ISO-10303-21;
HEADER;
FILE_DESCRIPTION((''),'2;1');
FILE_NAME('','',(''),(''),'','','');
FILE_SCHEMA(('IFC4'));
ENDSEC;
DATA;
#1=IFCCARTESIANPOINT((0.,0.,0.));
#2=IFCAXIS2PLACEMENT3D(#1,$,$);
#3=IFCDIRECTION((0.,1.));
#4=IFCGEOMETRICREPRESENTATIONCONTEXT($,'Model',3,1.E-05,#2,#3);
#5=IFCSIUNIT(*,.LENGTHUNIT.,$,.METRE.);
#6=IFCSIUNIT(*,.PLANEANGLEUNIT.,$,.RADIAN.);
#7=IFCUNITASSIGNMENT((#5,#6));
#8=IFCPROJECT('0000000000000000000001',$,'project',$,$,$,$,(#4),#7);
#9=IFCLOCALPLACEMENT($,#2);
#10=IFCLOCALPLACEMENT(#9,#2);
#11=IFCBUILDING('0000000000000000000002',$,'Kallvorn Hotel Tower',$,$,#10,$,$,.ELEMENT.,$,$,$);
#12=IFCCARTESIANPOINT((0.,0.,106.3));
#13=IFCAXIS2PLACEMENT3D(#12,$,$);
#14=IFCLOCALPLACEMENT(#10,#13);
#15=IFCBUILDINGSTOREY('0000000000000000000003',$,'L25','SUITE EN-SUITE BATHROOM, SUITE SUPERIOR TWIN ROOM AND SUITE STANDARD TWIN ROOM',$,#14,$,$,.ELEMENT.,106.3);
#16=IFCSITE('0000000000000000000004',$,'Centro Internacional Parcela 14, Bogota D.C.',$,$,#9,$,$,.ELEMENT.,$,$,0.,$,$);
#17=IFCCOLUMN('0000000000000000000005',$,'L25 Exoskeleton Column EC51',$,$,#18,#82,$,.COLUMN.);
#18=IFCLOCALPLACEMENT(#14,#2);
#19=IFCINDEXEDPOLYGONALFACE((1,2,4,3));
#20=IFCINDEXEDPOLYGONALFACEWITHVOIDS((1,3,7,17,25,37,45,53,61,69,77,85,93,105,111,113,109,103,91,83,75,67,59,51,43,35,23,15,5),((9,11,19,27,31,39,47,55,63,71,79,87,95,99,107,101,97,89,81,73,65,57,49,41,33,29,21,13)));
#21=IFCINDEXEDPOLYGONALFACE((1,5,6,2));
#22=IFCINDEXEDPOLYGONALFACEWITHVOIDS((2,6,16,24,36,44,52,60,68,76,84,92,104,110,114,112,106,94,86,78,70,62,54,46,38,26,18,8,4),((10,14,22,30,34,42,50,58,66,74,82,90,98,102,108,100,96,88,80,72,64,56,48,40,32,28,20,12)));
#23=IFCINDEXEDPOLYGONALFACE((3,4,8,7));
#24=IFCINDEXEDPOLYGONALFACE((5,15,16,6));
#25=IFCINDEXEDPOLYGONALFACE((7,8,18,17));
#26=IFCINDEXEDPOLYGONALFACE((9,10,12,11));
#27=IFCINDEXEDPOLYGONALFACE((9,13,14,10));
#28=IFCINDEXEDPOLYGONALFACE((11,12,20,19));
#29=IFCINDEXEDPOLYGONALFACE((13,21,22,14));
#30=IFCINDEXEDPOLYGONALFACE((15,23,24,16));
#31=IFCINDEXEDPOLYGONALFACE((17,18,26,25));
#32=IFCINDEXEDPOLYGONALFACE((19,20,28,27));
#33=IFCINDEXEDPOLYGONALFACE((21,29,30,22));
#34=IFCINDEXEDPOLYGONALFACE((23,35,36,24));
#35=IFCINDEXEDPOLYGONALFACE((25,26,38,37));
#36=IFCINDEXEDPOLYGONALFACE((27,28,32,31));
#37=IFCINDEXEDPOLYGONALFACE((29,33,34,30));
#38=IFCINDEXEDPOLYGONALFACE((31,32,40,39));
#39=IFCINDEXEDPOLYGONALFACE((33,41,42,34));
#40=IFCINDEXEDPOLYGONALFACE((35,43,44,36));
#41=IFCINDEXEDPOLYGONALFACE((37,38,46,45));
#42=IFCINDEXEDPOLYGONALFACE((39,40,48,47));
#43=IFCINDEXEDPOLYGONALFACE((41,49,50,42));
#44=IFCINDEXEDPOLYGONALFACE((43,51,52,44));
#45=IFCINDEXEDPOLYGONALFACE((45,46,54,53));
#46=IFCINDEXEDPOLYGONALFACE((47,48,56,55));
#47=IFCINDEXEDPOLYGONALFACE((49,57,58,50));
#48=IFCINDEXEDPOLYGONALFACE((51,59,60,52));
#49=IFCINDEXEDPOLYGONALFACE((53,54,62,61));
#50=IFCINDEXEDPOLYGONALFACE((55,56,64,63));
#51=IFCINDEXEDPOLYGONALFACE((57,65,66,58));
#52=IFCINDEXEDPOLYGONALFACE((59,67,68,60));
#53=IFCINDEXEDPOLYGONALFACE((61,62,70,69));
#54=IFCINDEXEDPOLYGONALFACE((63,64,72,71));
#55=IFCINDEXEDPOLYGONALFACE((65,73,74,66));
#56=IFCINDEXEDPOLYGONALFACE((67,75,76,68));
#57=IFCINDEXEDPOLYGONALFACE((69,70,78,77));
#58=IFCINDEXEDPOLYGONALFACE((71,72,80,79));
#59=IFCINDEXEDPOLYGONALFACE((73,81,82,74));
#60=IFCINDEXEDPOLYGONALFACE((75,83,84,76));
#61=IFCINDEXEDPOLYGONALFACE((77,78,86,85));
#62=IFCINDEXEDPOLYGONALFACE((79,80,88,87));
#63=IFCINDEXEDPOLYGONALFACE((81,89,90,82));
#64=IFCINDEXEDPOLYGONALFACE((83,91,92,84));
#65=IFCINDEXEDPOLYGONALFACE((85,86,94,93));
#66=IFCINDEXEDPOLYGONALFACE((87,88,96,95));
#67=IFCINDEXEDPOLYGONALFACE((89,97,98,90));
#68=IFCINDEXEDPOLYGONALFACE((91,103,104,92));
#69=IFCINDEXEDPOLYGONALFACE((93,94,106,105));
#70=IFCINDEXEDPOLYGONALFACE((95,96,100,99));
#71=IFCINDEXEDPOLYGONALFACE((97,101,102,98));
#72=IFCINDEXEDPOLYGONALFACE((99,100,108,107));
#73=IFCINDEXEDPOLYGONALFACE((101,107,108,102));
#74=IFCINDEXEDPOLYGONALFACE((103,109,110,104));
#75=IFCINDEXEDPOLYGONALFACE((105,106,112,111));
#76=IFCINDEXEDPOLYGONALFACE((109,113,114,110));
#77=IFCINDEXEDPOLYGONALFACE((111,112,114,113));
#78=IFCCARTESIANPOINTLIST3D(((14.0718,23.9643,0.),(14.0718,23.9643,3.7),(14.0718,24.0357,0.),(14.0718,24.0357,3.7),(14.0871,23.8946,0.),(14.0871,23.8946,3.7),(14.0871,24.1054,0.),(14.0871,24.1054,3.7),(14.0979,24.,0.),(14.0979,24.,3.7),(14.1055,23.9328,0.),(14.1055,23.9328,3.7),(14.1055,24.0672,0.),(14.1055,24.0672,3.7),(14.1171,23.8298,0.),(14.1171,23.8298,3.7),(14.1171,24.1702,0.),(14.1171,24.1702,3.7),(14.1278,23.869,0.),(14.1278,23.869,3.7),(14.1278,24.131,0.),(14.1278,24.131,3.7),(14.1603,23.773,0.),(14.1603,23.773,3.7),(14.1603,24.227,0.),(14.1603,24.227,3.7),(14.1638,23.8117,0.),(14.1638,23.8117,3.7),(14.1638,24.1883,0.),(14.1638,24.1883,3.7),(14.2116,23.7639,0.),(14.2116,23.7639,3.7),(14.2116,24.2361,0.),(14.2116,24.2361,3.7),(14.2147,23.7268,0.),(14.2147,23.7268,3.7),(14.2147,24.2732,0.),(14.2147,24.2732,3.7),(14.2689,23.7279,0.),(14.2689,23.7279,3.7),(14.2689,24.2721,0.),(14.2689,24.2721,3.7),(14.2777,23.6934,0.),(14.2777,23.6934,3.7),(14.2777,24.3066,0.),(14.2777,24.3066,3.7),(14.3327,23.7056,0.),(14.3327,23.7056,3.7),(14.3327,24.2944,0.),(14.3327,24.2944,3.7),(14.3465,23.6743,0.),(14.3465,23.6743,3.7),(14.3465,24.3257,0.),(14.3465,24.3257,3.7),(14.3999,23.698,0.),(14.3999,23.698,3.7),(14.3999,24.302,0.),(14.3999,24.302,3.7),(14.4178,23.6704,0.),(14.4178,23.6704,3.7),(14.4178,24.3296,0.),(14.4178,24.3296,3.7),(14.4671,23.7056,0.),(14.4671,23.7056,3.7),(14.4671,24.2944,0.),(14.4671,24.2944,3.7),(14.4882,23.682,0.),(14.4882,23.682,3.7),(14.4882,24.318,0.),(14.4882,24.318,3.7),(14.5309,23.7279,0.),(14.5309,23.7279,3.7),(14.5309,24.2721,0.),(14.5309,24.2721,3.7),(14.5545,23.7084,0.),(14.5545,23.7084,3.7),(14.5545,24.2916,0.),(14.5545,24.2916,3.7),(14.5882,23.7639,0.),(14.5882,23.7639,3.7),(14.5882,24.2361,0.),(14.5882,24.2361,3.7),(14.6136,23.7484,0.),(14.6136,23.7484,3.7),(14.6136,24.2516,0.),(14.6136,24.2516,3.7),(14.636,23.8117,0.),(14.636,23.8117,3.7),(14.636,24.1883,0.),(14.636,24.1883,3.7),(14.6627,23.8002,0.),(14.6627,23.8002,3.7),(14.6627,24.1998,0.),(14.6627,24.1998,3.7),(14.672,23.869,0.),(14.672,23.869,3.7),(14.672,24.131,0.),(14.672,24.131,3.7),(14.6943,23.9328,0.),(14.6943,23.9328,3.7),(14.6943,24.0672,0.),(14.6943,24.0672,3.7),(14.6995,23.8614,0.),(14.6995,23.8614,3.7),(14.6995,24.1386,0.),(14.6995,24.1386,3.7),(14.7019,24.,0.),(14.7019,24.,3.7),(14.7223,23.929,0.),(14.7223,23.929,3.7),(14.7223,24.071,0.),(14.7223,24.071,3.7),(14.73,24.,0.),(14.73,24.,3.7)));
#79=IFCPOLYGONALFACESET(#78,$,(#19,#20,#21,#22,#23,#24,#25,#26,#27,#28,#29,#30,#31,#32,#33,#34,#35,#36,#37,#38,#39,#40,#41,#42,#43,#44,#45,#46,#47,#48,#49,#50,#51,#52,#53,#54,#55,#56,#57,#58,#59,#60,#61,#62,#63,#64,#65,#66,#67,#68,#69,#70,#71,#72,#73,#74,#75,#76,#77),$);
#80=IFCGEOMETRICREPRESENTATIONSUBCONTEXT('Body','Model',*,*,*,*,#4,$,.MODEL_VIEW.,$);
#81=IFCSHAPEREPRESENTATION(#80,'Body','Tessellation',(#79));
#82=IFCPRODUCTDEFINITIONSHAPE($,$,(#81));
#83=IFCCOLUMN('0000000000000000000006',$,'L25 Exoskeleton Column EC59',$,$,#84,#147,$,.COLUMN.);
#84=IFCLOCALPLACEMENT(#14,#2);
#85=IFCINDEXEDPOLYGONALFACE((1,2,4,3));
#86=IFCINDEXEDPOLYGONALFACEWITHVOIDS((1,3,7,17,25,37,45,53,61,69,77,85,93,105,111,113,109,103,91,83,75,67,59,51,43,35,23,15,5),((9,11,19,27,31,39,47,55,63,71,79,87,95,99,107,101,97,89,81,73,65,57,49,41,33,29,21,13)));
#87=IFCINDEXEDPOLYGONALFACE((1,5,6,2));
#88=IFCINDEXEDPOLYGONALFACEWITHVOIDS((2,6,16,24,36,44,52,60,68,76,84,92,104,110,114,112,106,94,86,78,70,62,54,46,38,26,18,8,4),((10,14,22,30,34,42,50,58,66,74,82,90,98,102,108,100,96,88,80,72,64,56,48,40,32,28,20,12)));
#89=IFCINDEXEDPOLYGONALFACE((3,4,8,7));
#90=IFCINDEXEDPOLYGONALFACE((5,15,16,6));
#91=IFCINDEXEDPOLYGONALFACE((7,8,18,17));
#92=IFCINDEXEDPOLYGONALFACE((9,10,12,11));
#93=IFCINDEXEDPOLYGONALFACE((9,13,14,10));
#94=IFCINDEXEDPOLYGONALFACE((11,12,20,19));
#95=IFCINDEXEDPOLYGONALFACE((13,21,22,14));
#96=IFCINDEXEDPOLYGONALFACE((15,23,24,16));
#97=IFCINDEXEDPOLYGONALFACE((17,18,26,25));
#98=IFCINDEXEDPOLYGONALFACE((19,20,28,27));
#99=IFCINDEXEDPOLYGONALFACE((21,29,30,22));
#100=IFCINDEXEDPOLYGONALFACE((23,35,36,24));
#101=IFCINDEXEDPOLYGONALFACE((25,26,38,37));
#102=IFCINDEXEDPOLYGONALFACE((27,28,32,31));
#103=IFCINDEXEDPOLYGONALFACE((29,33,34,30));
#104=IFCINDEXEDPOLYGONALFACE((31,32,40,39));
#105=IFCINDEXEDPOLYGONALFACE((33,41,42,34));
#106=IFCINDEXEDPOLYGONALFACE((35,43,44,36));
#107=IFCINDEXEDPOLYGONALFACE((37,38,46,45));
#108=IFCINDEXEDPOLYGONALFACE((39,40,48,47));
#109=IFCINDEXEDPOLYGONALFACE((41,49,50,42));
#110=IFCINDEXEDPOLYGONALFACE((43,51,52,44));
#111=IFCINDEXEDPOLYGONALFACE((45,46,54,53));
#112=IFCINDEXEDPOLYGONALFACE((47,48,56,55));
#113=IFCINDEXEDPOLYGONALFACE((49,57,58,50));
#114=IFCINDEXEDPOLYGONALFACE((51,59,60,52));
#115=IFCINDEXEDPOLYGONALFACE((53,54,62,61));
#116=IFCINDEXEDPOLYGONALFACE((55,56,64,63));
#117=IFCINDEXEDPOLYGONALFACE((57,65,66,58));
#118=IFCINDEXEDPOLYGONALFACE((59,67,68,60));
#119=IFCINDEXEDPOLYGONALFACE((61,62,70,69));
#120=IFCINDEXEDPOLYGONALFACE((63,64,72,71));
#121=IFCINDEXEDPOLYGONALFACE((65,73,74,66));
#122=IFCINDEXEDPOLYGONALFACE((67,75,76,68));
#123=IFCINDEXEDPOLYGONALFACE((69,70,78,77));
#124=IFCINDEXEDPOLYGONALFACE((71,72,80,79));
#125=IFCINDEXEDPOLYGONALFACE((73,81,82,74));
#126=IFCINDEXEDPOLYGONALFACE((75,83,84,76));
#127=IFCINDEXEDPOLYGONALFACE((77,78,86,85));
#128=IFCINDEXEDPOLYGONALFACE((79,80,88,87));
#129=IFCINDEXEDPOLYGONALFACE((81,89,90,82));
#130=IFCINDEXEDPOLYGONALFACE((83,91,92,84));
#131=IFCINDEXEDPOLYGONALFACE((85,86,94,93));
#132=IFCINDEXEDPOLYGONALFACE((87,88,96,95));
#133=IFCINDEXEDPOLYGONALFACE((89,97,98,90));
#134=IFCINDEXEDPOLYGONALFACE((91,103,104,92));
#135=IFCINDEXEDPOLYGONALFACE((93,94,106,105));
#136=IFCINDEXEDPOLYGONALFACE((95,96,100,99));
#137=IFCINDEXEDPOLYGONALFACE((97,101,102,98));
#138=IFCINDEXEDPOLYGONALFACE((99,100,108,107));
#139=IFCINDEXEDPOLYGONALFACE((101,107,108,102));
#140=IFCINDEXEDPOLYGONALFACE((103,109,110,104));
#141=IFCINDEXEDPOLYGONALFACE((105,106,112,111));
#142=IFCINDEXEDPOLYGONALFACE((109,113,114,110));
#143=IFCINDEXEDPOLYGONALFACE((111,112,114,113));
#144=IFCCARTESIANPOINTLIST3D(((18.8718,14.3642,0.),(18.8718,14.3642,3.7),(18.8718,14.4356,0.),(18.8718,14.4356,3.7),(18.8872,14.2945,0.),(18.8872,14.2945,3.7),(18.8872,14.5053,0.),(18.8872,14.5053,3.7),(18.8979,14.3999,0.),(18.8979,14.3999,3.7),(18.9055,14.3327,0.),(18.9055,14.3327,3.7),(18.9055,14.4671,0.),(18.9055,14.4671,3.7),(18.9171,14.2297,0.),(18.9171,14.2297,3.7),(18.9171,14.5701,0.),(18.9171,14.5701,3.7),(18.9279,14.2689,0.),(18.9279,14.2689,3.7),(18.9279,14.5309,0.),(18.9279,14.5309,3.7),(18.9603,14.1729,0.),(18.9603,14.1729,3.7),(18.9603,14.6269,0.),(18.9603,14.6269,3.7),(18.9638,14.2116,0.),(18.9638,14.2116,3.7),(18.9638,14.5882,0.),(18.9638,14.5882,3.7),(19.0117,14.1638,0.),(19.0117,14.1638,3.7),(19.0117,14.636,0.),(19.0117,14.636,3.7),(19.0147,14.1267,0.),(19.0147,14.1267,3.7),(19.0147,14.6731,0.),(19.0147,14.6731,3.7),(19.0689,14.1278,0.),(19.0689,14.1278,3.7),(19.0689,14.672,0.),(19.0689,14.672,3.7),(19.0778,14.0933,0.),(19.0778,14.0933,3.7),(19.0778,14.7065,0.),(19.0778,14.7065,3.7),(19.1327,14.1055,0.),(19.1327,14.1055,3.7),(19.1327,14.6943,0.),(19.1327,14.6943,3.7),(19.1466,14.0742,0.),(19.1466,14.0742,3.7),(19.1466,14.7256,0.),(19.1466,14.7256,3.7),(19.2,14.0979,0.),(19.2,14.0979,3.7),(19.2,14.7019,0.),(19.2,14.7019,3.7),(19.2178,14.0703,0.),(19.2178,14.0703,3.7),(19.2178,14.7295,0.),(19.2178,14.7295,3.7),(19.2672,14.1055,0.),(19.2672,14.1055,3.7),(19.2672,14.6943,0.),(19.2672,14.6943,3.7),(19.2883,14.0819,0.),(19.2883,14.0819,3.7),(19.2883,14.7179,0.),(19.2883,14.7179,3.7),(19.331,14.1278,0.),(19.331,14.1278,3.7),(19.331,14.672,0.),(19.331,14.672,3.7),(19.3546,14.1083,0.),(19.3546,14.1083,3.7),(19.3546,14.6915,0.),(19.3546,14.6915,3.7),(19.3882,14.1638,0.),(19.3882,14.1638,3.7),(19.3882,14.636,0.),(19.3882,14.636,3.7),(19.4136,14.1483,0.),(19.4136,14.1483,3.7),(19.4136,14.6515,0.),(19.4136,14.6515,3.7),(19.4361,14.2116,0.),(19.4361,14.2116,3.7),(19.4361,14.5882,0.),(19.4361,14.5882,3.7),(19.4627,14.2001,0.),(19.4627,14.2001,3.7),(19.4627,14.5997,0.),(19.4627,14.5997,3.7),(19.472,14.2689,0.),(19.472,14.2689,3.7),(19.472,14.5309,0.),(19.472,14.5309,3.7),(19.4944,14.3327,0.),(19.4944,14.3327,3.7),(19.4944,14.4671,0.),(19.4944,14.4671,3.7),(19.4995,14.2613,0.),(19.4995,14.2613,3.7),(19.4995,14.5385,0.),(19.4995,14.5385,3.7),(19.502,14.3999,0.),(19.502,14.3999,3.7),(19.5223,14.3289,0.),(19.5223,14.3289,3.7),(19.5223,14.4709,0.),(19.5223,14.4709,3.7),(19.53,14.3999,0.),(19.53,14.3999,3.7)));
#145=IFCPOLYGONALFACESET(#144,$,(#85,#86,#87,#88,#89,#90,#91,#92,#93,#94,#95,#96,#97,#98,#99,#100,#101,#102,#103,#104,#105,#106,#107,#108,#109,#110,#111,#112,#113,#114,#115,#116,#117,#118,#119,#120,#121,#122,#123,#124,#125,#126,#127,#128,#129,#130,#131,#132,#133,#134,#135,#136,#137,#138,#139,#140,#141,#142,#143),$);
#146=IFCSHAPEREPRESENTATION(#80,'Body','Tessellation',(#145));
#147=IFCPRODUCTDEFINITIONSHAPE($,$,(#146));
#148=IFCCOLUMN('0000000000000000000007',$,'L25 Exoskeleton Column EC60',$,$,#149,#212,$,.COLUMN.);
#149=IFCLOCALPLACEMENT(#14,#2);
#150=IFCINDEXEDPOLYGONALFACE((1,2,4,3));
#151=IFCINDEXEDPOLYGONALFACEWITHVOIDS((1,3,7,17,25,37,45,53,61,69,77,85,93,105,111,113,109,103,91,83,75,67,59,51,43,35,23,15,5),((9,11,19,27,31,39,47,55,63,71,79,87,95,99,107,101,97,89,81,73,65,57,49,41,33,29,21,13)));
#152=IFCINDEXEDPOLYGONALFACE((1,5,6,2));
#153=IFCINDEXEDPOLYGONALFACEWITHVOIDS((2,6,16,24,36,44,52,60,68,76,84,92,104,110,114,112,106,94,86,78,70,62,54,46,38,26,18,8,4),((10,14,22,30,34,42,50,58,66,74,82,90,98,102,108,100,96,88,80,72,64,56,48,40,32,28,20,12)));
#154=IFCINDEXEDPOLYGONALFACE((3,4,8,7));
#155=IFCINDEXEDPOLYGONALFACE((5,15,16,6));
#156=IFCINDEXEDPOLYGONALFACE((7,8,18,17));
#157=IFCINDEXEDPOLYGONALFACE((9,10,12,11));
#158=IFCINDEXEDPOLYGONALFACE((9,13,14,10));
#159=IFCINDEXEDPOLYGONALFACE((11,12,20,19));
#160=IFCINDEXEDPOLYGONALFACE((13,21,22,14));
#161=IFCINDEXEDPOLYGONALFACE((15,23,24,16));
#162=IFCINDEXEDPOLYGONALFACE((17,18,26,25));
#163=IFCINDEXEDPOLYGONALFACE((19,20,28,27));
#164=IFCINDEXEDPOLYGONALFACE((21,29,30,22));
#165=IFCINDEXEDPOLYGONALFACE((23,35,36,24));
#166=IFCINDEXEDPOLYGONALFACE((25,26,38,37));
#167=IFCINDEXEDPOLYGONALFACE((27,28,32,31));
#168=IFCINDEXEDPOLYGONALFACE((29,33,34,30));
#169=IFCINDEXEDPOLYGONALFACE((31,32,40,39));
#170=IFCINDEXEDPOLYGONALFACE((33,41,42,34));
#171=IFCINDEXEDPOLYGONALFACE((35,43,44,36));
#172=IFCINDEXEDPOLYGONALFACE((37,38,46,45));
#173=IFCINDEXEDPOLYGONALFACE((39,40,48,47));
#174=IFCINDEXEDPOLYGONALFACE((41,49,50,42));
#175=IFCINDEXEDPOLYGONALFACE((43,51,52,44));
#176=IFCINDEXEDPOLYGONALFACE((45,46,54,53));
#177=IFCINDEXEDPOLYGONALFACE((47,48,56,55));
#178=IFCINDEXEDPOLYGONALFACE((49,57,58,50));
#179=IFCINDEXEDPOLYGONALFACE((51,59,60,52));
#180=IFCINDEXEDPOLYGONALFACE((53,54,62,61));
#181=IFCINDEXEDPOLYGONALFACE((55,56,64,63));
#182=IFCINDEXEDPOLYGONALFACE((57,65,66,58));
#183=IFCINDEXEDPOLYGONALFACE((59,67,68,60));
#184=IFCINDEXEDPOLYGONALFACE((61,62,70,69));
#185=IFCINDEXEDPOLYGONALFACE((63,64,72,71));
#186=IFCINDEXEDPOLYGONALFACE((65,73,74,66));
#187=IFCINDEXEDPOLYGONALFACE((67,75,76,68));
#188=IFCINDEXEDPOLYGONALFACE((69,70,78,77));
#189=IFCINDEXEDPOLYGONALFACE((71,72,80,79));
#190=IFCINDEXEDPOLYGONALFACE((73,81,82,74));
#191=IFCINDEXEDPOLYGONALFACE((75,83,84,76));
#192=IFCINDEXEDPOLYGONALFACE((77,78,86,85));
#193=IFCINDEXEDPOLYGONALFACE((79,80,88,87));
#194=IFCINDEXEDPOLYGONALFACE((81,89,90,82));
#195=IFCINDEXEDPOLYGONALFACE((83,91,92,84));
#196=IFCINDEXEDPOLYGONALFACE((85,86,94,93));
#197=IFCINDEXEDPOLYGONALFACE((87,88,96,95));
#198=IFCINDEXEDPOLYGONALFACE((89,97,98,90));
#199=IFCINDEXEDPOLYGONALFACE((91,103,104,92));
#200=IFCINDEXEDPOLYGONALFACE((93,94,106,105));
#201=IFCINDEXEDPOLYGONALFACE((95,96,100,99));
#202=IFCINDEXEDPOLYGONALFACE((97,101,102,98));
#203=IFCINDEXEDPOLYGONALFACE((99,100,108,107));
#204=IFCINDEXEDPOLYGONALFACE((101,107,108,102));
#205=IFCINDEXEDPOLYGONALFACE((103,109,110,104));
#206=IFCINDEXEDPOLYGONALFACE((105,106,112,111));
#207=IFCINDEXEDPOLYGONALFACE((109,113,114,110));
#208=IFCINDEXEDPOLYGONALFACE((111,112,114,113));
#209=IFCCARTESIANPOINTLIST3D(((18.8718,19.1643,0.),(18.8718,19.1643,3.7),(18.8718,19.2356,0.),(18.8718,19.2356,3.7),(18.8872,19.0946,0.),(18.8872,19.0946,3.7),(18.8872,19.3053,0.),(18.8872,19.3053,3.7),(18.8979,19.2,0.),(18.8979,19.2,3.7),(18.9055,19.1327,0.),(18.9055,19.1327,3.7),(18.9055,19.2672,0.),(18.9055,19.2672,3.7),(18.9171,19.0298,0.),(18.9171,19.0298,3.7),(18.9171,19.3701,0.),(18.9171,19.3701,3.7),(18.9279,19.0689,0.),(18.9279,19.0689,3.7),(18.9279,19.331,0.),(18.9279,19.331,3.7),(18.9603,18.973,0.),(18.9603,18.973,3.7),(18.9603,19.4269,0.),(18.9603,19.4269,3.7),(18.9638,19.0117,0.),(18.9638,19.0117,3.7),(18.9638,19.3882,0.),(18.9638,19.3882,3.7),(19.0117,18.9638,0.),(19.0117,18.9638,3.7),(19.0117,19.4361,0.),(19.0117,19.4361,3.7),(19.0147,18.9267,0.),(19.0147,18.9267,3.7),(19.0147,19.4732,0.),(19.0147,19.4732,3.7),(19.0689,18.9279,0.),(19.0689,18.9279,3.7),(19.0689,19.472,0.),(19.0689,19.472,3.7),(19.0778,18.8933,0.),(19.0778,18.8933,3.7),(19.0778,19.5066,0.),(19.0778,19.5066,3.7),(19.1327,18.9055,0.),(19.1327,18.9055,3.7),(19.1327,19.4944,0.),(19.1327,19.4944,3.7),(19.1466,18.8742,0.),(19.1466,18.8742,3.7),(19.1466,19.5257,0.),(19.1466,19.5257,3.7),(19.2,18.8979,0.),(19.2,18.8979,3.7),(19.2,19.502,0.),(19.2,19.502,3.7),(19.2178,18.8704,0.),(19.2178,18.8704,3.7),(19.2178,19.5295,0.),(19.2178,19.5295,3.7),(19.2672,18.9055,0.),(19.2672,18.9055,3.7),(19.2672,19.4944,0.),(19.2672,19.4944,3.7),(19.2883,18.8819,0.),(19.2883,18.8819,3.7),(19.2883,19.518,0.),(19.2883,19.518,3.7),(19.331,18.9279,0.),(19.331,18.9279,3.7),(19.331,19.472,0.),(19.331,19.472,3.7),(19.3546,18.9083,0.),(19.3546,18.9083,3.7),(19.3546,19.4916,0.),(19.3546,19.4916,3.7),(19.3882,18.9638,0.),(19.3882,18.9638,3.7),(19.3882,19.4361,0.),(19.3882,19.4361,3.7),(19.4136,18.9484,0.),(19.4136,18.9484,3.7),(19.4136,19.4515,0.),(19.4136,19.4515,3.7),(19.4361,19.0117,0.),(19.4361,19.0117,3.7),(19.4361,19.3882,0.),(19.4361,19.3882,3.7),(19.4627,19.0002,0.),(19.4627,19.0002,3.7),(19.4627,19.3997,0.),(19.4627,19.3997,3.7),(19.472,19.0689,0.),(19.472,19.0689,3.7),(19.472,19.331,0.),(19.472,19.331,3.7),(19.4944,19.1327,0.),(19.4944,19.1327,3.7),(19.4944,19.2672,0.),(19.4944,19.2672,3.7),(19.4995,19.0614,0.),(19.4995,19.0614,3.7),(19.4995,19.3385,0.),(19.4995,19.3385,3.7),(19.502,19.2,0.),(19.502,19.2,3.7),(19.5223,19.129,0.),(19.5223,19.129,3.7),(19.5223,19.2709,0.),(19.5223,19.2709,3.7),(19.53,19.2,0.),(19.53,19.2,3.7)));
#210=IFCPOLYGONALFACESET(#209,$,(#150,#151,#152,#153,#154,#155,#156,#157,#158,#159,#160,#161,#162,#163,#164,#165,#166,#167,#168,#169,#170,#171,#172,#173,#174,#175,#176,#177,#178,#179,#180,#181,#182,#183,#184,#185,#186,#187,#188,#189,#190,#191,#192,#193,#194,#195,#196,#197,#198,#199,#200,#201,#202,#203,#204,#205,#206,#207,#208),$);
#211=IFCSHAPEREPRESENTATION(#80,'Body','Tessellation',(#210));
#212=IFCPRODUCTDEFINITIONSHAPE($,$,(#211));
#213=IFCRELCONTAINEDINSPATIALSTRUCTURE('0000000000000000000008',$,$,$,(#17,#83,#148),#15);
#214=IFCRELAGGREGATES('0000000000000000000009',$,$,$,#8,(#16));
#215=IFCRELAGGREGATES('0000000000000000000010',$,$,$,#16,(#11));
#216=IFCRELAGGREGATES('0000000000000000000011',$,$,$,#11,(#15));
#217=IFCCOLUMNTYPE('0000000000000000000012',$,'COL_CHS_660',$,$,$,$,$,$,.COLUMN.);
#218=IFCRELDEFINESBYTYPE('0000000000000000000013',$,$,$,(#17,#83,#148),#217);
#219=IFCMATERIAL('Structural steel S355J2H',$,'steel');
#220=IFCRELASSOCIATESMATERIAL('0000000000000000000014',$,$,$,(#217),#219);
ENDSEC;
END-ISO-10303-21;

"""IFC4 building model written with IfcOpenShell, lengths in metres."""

from ifc_helpers import new_model, si_unit, direction, frame, origin, origin_2d, place, context, subcontext, project, spatial, hollow_circle, extrude, material, material_profile, profile_set, type_object, element, save


model = new_model("IFC4")

# Units and contexts
model_context = context("Model", 3, precision=1e-05, world=origin(), true_north=direction((0.0, 1.0)))
body_context = subcontext(model_context, "Body", "Model", "MODEL_VIEW")
ifc_project = project(units=[si_unit("LENGTHUNIT", "METRE"), si_unit("PLANEANGLEUNIT", "RADIAN")], contexts=[model_context])

# Site, building, storey
site_placement = place(None, origin())
site = spatial("IfcSite", under=ifc_project, at=site_placement, Name="Centro Internacional Parcela 14, Bogota D.C.", CompositionType="ELEMENT", RefElevation=0.0)
building_placement = place(site_placement, origin())
building = spatial("IfcBuilding", under=site, at=building_placement, Name="Kallvorn Hotel Tower", CompositionType="ELEMENT")
storey_placement = place(building_placement, frame((0.0, 0.0, 106.3)))
storey = spatial("IfcBuildingStorey", under=building, at=storey_placement, Name="L25", Description="SUITE EN-SUITE BATHROOM, SUITE SUPERIOR TWIN ROOM AND SUITE STANDARD TWIN ROOM", CompositionType="ELEMENT", Elevation=106.3)

# Columns
ifc_material_1 = material(Name="Structural steel S355J2H", Category="steel")
ifc_material_profile_1 = material_profile(ifc_material_1, hollow_circle(Radius=0.3301, WallThickness=0.0281, at=origin_2d()), Name="CHS 660x28")
ifc_profile_set_1 = profile_set([ifc_material_profile_1], Name="Structural steel S355J2H")
column_type_1 = type_object("IfcColumnType", Name="COL_CHS_660", PredefinedType="COLUMN", material=ifc_profile_set_1)
for number, where, z_axis, x_axis, name in (
    (1, (14.3999, 24.0, 0.0), (0.0, 0.0, 1.0), (1.0, 0.0, 0.0), "L25 Exoskeleton Column EC51"),
    (2, (19.2, 14.3999, 0.0), (0.0, 0.0, 1.0), (1.0, 0.0, 0.0), "L25 Exoskeleton Column EC59"),
    (3, (19.2, 19.2, 0.0), (0.0, 0.0, 1.0), (1.0, 0.0, 0.0), "L25 Exoskeleton Column EC60"),
):
    element("IfcColumn", number, at=place(storey_placement, frame(where, z_axis=z_axis, x_axis=x_axis)), inside=storey, type_object=column_type_1, Name=name, PredefinedType="COLUMN", context=body_context, shape_type="SweptSolid", body=[
        extrude(hollow_circle(Radius=0.3301, WallThickness=0.0281, at=origin_2d()), origin(), (0.0, 0.0, 1.0), 3.7),
    ])

save(model, "model.ifc")
